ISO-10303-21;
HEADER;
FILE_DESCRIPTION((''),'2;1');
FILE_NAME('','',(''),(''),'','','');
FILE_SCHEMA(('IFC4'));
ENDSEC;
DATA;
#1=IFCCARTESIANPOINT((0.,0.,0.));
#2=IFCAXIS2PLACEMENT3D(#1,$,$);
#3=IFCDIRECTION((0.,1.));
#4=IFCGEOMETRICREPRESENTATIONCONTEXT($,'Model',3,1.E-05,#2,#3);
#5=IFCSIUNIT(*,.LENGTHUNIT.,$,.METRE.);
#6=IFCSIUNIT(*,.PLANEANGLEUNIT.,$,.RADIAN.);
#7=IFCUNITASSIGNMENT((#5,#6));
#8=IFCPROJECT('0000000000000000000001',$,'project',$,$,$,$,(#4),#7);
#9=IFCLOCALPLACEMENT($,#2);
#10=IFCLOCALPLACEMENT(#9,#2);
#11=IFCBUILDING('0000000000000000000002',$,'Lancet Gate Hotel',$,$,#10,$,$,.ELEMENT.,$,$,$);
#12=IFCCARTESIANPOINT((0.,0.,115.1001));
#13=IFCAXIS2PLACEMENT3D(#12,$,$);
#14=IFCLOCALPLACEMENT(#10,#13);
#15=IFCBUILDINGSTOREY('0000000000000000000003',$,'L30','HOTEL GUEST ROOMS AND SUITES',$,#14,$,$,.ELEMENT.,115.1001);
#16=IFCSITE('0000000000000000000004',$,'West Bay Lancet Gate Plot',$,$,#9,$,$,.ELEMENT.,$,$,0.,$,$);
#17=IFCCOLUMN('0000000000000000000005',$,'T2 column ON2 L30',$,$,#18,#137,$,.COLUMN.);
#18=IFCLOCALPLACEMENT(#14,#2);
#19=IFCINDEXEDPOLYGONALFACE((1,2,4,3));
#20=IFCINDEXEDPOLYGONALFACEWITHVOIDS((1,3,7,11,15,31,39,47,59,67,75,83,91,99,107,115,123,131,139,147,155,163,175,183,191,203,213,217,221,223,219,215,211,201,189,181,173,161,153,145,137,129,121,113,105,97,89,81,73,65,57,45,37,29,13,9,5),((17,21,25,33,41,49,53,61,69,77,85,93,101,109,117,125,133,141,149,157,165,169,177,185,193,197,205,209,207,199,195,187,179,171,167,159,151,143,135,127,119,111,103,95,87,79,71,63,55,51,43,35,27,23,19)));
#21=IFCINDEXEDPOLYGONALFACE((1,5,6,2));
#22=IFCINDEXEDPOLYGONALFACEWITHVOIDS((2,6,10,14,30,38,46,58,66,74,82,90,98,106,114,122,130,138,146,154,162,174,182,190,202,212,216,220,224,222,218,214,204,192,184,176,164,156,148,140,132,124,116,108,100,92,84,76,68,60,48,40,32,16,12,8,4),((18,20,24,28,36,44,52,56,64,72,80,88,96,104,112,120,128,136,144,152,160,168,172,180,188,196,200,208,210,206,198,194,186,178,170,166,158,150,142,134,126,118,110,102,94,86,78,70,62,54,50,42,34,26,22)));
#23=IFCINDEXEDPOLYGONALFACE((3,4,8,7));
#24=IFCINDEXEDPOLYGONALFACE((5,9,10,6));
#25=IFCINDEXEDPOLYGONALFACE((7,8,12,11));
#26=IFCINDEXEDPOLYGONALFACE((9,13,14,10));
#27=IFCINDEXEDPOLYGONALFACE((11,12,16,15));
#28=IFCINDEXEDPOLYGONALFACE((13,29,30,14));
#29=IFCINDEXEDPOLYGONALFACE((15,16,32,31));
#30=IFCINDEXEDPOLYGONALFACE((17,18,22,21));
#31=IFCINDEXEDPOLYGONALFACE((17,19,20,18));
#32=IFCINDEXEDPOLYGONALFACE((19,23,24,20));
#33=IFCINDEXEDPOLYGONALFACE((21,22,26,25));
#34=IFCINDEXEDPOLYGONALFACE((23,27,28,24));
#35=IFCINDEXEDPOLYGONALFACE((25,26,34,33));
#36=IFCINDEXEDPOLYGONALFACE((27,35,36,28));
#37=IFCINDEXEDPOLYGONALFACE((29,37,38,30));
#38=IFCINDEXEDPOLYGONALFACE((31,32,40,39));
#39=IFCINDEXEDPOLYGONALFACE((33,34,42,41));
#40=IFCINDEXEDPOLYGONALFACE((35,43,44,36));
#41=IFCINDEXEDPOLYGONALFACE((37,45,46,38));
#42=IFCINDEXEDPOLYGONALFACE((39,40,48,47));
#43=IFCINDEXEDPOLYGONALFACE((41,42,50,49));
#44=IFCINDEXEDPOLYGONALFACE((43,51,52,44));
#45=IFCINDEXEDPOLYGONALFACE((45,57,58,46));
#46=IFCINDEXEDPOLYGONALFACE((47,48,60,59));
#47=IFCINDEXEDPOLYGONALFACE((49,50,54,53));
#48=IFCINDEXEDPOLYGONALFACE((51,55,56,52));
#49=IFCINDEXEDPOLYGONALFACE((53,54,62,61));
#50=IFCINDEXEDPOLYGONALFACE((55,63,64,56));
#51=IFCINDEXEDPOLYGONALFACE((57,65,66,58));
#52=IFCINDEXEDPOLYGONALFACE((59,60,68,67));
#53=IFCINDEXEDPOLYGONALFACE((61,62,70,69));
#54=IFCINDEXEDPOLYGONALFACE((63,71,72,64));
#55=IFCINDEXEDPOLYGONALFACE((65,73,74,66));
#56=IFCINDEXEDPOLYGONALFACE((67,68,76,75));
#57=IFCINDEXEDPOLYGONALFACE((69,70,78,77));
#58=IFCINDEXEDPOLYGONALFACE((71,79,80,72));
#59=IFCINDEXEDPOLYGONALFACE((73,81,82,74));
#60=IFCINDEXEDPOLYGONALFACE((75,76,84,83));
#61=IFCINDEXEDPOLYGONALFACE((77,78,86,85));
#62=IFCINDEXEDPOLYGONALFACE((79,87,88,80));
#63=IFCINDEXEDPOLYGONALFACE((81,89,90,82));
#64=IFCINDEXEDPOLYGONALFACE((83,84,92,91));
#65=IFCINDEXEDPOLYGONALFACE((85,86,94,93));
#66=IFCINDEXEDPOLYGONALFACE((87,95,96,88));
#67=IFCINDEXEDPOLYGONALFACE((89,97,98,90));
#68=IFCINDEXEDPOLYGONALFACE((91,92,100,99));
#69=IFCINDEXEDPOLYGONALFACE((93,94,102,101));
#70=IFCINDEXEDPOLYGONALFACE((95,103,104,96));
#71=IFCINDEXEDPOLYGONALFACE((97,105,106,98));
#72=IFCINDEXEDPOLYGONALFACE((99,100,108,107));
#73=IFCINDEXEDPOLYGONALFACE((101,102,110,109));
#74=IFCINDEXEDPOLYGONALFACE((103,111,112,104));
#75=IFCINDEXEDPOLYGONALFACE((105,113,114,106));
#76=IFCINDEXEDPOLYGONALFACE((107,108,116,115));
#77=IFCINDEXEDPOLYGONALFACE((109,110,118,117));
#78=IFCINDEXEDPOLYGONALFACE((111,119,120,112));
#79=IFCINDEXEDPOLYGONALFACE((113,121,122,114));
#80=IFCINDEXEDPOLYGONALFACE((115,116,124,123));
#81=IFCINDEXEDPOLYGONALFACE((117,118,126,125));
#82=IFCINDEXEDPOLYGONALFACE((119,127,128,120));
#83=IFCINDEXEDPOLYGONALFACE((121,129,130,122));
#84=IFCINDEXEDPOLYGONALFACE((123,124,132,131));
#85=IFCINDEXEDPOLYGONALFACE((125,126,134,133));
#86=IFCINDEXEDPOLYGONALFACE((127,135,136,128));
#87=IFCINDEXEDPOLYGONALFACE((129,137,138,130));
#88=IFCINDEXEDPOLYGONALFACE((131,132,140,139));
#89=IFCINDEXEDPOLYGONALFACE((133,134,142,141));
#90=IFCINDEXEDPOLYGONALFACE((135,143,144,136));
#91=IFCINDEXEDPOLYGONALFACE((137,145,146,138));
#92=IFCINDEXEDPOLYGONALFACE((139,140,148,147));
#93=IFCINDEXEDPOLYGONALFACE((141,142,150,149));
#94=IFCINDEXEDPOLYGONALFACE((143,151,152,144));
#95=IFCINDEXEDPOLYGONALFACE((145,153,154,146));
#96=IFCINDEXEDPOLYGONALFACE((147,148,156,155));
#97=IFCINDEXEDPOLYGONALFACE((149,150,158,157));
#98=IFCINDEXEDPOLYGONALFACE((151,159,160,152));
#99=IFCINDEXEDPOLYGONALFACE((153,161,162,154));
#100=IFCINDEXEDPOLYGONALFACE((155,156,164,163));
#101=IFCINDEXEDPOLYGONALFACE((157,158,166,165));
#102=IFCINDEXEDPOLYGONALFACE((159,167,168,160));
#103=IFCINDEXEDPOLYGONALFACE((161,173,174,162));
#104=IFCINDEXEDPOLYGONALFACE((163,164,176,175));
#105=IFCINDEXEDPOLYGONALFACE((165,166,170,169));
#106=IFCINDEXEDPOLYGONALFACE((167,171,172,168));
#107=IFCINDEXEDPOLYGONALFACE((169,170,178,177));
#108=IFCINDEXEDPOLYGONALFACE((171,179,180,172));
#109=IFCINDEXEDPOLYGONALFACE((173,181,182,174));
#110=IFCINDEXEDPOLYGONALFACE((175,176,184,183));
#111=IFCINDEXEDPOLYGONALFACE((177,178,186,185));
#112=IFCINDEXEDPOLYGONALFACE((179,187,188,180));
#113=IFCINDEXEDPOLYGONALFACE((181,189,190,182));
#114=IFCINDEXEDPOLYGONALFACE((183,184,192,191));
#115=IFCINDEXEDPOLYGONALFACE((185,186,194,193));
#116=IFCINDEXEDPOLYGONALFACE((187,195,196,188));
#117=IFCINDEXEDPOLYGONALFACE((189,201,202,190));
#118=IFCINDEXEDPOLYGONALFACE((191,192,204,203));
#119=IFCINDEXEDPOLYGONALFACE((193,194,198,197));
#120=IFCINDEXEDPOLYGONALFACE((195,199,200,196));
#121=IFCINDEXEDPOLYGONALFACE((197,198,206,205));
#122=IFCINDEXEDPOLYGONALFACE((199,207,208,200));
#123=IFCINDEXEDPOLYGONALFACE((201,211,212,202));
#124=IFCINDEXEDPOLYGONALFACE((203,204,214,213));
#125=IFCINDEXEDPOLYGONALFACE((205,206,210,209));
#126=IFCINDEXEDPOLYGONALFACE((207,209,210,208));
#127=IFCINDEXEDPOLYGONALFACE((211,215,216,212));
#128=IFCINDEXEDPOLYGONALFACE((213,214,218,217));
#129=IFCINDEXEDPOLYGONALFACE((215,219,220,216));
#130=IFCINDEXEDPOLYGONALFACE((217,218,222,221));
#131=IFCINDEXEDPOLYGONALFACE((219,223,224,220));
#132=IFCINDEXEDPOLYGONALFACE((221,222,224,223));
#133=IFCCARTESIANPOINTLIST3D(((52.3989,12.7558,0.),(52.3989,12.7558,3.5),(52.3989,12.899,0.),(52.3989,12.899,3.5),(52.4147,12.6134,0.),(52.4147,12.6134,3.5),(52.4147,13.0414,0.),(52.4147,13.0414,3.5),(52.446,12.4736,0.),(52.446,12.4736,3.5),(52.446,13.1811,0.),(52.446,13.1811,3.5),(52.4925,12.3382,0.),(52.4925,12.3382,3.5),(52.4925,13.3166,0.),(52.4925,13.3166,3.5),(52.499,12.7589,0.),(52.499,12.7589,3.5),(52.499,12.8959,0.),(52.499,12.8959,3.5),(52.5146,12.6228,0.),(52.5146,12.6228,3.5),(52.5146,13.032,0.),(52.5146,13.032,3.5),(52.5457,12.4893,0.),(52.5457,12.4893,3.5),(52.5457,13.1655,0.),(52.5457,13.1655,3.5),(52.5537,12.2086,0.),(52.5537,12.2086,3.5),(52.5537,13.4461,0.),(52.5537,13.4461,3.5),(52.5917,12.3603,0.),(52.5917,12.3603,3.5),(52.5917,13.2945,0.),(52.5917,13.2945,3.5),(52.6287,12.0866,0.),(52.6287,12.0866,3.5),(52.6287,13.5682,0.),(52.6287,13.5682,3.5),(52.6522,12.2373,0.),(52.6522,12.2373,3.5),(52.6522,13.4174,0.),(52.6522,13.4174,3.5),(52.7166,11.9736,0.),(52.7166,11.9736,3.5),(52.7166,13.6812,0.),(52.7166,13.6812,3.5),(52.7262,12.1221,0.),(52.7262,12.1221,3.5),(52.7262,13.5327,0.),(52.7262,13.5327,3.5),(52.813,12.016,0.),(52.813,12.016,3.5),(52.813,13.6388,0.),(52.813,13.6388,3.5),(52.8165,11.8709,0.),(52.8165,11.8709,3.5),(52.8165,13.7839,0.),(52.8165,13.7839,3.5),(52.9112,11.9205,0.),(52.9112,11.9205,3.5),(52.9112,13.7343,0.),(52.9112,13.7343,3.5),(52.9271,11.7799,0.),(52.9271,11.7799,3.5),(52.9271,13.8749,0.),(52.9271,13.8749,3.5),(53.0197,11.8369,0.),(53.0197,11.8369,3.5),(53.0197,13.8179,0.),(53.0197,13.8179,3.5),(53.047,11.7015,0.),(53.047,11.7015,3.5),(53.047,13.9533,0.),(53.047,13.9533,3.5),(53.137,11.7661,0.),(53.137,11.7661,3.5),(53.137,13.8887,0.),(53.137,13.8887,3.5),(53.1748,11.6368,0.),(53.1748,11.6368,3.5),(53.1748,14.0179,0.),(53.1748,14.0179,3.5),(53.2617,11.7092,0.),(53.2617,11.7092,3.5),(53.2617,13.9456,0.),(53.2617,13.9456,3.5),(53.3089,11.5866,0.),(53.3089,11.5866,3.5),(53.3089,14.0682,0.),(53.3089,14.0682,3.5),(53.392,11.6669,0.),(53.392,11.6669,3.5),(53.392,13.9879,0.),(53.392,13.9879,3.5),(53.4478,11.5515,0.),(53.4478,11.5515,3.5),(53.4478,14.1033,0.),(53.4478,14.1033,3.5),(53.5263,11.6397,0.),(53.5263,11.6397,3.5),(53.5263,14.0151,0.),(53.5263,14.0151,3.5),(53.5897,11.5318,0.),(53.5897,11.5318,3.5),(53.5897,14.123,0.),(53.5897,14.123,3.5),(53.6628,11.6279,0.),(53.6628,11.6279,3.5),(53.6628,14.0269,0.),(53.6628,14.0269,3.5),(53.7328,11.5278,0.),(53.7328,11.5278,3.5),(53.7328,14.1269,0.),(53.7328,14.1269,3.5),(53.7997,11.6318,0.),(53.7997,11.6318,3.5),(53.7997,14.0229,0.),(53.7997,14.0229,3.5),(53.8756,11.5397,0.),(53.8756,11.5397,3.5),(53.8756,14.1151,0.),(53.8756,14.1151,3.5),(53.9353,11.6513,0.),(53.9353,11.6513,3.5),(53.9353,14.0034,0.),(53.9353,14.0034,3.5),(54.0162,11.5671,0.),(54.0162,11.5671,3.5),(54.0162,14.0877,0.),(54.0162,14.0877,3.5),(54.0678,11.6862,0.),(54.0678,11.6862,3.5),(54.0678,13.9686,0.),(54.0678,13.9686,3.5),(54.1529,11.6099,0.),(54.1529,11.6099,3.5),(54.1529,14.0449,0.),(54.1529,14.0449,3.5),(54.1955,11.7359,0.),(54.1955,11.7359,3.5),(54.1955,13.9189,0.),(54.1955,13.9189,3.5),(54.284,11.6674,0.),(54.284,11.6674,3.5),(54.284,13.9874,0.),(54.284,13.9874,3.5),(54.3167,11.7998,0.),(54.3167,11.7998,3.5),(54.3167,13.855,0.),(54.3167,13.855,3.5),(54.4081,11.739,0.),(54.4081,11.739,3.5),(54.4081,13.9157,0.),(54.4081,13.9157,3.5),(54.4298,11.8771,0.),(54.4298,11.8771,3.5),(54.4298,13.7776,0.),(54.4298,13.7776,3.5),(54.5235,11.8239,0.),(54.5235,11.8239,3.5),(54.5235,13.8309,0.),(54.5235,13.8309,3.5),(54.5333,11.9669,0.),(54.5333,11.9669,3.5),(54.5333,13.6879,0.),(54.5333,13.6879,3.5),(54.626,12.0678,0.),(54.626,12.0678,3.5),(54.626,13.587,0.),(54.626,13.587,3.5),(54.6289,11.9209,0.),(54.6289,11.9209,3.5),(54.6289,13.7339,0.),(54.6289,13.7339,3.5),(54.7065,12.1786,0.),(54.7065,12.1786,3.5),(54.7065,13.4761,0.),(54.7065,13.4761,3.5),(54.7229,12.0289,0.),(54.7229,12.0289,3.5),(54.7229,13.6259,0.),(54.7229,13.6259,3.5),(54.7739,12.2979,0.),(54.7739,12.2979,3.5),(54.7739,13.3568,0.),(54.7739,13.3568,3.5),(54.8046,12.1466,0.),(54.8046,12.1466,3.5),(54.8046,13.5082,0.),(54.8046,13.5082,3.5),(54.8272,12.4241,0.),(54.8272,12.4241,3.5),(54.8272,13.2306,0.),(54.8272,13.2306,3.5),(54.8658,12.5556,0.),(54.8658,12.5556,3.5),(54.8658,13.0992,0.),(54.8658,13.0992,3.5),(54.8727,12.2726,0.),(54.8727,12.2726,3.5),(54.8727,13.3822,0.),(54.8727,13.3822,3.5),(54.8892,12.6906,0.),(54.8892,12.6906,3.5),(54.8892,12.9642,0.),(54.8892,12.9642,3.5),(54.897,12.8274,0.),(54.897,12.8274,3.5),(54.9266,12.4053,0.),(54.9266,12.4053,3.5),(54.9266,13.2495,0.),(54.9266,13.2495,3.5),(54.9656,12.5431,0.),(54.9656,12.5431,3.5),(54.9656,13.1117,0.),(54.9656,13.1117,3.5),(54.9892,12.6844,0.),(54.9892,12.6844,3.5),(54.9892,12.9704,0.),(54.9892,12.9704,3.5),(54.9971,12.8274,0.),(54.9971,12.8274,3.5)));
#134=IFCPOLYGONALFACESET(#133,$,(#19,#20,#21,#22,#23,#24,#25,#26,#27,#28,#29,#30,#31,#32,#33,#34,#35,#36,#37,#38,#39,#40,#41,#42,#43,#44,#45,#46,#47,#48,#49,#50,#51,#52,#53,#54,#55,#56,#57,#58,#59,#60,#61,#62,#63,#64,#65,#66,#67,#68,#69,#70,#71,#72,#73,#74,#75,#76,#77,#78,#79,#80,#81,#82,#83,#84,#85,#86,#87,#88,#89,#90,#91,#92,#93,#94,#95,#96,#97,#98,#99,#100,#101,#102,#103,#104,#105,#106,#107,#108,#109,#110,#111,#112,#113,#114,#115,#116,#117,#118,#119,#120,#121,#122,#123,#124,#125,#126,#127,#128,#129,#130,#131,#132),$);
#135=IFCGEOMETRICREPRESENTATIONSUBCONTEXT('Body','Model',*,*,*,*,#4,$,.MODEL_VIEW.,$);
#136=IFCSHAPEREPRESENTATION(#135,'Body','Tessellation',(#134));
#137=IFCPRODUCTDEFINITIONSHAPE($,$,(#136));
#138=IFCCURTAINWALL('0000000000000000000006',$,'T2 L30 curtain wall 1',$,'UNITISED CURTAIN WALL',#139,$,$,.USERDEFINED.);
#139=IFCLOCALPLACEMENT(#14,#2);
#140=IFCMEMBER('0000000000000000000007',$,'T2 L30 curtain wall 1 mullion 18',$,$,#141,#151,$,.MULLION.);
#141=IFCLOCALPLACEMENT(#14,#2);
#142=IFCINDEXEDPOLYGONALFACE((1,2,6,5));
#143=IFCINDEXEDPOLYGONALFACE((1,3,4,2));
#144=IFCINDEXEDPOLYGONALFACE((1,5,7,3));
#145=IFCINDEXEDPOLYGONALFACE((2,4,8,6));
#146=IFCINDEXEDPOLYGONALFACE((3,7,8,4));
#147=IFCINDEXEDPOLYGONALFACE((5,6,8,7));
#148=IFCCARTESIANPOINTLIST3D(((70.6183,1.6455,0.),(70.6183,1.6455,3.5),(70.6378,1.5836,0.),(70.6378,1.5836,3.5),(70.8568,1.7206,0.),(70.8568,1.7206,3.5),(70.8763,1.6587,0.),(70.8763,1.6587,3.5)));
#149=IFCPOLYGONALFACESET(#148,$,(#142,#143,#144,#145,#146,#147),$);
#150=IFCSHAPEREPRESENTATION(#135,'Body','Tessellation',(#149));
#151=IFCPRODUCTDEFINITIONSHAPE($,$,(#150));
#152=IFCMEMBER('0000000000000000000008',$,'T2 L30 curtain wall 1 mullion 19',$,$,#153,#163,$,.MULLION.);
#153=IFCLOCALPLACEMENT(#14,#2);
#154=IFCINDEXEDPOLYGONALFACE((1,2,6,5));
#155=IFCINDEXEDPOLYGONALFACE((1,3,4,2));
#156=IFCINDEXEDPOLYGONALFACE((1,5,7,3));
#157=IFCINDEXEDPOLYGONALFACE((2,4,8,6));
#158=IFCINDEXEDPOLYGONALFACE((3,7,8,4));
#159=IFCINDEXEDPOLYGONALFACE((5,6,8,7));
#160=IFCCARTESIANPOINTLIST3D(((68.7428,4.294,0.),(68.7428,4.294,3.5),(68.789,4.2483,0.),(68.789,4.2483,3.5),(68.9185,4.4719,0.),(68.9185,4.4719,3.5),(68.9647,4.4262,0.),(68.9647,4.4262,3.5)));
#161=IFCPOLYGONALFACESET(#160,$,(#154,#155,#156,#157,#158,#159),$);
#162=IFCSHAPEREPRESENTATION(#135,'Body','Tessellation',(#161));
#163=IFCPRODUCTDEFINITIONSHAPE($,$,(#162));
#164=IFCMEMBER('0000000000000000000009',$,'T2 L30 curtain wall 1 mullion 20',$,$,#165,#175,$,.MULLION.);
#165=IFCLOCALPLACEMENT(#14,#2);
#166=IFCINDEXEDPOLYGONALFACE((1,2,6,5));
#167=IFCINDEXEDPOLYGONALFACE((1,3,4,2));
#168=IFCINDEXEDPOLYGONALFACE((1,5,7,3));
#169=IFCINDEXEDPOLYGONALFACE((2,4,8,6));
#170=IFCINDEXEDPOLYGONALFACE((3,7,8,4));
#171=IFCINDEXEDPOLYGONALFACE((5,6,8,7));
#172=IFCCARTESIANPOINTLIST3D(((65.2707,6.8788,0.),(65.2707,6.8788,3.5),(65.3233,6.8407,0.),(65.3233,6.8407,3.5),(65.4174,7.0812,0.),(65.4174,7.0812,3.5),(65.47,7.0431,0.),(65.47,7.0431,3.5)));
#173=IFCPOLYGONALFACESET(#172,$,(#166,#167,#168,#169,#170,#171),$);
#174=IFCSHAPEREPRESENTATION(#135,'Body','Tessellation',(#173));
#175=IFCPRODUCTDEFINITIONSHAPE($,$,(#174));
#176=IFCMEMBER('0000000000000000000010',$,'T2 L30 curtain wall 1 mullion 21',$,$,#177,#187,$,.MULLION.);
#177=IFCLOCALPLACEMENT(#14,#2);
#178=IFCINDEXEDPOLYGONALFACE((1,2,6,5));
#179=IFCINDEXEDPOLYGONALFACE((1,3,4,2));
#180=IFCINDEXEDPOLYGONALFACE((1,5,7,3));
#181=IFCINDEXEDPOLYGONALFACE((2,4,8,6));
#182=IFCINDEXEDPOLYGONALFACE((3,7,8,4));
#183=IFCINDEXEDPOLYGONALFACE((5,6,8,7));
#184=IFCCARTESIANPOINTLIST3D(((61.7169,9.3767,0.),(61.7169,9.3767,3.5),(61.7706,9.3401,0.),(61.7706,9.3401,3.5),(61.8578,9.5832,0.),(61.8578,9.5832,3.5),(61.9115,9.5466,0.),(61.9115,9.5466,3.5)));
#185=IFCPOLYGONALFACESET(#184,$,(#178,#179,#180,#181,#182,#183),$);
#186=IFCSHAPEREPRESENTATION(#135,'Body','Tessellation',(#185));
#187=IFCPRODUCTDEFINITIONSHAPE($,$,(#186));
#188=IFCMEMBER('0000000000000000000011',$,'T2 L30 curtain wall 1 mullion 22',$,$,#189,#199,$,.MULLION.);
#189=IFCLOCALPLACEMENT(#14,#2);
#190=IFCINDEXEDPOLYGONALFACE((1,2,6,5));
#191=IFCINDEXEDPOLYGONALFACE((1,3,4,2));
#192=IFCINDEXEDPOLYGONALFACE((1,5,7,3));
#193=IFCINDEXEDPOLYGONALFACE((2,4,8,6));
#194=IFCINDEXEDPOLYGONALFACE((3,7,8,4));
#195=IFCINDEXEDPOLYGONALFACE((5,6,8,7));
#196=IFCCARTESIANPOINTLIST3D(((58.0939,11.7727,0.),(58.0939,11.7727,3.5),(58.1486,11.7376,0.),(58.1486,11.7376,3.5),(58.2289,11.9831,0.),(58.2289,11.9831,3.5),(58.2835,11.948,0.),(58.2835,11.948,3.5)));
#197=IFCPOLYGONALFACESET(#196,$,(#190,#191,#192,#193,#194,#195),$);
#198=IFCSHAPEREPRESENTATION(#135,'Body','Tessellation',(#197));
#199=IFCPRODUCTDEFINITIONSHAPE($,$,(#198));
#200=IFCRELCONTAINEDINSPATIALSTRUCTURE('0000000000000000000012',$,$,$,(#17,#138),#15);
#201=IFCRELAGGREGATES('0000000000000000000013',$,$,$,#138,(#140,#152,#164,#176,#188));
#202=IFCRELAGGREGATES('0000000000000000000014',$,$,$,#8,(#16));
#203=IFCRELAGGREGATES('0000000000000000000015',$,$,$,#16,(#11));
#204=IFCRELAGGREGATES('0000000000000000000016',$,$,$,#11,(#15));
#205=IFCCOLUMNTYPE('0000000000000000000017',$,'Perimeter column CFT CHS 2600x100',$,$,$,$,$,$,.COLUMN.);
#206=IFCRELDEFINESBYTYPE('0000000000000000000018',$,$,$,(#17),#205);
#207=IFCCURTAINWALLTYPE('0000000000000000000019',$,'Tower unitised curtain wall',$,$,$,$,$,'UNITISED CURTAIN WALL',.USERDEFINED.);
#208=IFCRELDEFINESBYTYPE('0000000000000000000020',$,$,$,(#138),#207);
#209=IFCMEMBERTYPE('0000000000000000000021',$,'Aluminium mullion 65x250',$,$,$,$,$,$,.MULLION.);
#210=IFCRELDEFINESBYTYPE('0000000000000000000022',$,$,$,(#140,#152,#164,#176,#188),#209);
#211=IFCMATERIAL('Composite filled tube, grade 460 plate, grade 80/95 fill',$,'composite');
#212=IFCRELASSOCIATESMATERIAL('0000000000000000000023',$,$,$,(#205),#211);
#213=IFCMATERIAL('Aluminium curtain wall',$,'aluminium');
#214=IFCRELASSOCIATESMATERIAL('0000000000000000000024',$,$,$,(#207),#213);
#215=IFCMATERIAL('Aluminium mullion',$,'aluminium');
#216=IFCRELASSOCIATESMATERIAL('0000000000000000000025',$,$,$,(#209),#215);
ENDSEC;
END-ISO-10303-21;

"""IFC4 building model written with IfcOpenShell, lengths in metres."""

from ifc_helpers import new_model, si_unit, direction, frame, origin, origin_2d, place, context, subcontext, project, spatial, rectangle, hollow_circle, extrude, material, material_profile, profile_set, type_object, element, aggregate, save


model = new_model("IFC4")

# Units and contexts
model_context = context("Model", 3, precision=1e-05, world=origin(), true_north=direction((0.0, 1.0)))
body_context = subcontext(model_context, "Body", "Model", "MODEL_VIEW")
ifc_project = project(units=[si_unit("LENGTHUNIT", "METRE"), si_unit("PLANEANGLEUNIT", "RADIAN")], contexts=[model_context])

# Site, building, storey
site_placement = place(None, origin())
site = spatial("IfcSite", under=ifc_project, at=site_placement, Name="West Bay Lancet Gate Plot", CompositionType="ELEMENT", RefElevation=0.0)
building_placement = place(site_placement, origin())
building = spatial("IfcBuilding", under=site, at=building_placement, Name="Lancet Gate Hotel", CompositionType="ELEMENT")
storey_placement = place(building_placement, frame((0.0, 0.0, 115.1001)))
storey = spatial("IfcBuildingStorey", under=building, at=storey_placement, Name="L30", Description="HOTEL GUEST ROOMS AND SUITES", CompositionType="ELEMENT", Elevation=115.1001)

# Column
ifc_material_1 = material(Name="Composite filled tube, grade 460 plate, grade 80/95 fill", Category="composite")
ifc_material_profile_1 = material_profile(ifc_material_1, hollow_circle(Radius=1.3, WallThickness=0.1001, at=origin_2d()), Name="CHS 2600x100")
ifc_profile_set_1 = profile_set([ifc_material_profile_1], Name="Composite filled tube, grade 460 plate, grade 80/95 fill")
column_type = type_object("IfcColumnType", Name="Perimeter column CFT CHS 2600x100", PredefinedType="COLUMN", material=ifc_profile_set_1)
for number, where, z_axis, x_axis, name in (
    (1, (53.697, 12.8274, 0.0), (0.0, 0.0, 1.0), (1.0, 0.0, 0.0), "T2 column ON2 L30"),
):
    element("IfcColumn", number, at=place(storey_placement, frame(where, z_axis=z_axis, x_axis=x_axis)), inside=storey, type_object=column_type, Name=name, PredefinedType="COLUMN", context=body_context, shape_type="SweptSolid", body=[
        extrude(hollow_circle(Radius=1.3, WallThickness=0.1001, at=origin_2d()), origin(), (0.0, 0.0, 1.0), 3.5),
    ])

# Curtain wall, members
ifc_material_2 = material(Name="Aluminium curtain wall", Category="aluminium")
curtain_wall_type = type_object("IfcCurtainWallType", Name="Tower unitised curtain wall", ElementType="UNITISED CURTAIN WALL", PredefinedType="USERDEFINED", material=ifc_material_2)
curtain_wall_placement = place(storey_placement, origin())
curtain_wall = element("IfcCurtainWall", 2, at=curtain_wall_placement, inside=storey, type_object=curtain_wall_type, Name="T2 L30 curtain wall 1", ObjectType="UNITISED CURTAIN WALL", PredefinedType="USERDEFINED")
ifc_material_3 = material(Name="Aluminium mullion", Category="aluminium")
ifc_material_profile_2 = material_profile(ifc_material_3, rectangle(XDim=0.0649, YDim=0.25, at=origin_2d()), Name="MULLION 65x250")
ifc_profile_set_2 = profile_set([ifc_material_profile_2], Name="Aluminium mullion")
member_type_1 = type_object("IfcMemberType", Name="Aluminium mullion 65x250", PredefinedType="MULLION", material=ifc_profile_set_2)
member_1_placement = place(storey_placement, frame((70.7473, 1.6521, 0.0), z_axis=(0.0, 0.0, 1.0), x_axis=(-0.300385, 0.953818, 0.0)))
member_1 = element("IfcMember", 3, at=member_1_placement, type_object=member_type_1, Name="T2 L30 curtain wall 1 mullion 18", PredefinedType="MULLION", context=body_context, shape_type="SweptSolid", body=[
    extrude(rectangle(XDim=0.0649, YDim=0.25, at=origin_2d()), origin(), (0.0, 0.0, 1.0), 3.5),
])
member_2_placement = place(storey_placement, frame((68.8538, 4.3601, 0.0), z_axis=(0.0, 0.0, 1.0), x_axis=(-0.71161, 0.702574, 0.0)))
member_2 = element("IfcMember", 4, at=member_2_placement, type_object=member_type_1, Name="T2 L30 curtain wall 1 mullion 19", PredefinedType="MULLION", context=body_context, shape_type="SweptSolid", body=[
    extrude(rectangle(XDim=0.0649, YDim=0.25, at=origin_2d()), origin(), (0.0, 0.0, 1.0), 3.5),
])
member_3_placement = place(storey_placement, frame((65.3704, 6.9609, 0.0), z_axis=(0.0, 0.0, 1.0), x_axis=(-0.809729, 0.586805, 0.0)))
member_3 = element("IfcMember", 5, at=member_3_placement, type_object=member_type_1, Name="T2 L30 curtain wall 1 mullion 20", PredefinedType="MULLION", context=body_context, shape_type="SweptSolid", body=[
    extrude(rectangle(XDim=0.0649, YDim=0.25, at=origin_2d()), origin(), (0.0, 0.0, 1.0), 3.5),
])
member_4_placement = place(storey_placement, frame((61.8142, 9.4617, 0.0), z_axis=(0.0, 0.0, 1.0), x_axis=(-0.826066, 0.563574, 0.0)))
member_4 = element("IfcMember", 6, at=member_4_placement, type_object=member_type_1, Name="T2 L30 curtain wall 1 mullion 21", PredefinedType="MULLION", context=body_context, shape_type="SweptSolid", body=[
    extrude(rectangle(XDim=0.0649, YDim=0.25, at=origin_2d()), origin(), (0.0, 0.0, 1.0), 3.5),
])
member_5_placement = place(storey_placement, frame((58.1887, 11.8604, 0.0), z_axis=(0.0, 0.0, 1.0), x_axis=(-0.841736, 0.539889, 0.0)))
member_5 = element("IfcMember", 7, at=member_5_placement, type_object=member_type_1, Name="T2 L30 curtain wall 1 mullion 22", PredefinedType="MULLION", context=body_context, shape_type="SweptSolid", body=[
    extrude(rectangle(XDim=0.0649, YDim=0.25, at=origin_2d()), origin(), (0.0, 0.0, 1.0), 3.5),
])

aggregate(curtain_wall, [member_1, member_2, member_3, member_4, member_5])

save(model, "model.ifc")
